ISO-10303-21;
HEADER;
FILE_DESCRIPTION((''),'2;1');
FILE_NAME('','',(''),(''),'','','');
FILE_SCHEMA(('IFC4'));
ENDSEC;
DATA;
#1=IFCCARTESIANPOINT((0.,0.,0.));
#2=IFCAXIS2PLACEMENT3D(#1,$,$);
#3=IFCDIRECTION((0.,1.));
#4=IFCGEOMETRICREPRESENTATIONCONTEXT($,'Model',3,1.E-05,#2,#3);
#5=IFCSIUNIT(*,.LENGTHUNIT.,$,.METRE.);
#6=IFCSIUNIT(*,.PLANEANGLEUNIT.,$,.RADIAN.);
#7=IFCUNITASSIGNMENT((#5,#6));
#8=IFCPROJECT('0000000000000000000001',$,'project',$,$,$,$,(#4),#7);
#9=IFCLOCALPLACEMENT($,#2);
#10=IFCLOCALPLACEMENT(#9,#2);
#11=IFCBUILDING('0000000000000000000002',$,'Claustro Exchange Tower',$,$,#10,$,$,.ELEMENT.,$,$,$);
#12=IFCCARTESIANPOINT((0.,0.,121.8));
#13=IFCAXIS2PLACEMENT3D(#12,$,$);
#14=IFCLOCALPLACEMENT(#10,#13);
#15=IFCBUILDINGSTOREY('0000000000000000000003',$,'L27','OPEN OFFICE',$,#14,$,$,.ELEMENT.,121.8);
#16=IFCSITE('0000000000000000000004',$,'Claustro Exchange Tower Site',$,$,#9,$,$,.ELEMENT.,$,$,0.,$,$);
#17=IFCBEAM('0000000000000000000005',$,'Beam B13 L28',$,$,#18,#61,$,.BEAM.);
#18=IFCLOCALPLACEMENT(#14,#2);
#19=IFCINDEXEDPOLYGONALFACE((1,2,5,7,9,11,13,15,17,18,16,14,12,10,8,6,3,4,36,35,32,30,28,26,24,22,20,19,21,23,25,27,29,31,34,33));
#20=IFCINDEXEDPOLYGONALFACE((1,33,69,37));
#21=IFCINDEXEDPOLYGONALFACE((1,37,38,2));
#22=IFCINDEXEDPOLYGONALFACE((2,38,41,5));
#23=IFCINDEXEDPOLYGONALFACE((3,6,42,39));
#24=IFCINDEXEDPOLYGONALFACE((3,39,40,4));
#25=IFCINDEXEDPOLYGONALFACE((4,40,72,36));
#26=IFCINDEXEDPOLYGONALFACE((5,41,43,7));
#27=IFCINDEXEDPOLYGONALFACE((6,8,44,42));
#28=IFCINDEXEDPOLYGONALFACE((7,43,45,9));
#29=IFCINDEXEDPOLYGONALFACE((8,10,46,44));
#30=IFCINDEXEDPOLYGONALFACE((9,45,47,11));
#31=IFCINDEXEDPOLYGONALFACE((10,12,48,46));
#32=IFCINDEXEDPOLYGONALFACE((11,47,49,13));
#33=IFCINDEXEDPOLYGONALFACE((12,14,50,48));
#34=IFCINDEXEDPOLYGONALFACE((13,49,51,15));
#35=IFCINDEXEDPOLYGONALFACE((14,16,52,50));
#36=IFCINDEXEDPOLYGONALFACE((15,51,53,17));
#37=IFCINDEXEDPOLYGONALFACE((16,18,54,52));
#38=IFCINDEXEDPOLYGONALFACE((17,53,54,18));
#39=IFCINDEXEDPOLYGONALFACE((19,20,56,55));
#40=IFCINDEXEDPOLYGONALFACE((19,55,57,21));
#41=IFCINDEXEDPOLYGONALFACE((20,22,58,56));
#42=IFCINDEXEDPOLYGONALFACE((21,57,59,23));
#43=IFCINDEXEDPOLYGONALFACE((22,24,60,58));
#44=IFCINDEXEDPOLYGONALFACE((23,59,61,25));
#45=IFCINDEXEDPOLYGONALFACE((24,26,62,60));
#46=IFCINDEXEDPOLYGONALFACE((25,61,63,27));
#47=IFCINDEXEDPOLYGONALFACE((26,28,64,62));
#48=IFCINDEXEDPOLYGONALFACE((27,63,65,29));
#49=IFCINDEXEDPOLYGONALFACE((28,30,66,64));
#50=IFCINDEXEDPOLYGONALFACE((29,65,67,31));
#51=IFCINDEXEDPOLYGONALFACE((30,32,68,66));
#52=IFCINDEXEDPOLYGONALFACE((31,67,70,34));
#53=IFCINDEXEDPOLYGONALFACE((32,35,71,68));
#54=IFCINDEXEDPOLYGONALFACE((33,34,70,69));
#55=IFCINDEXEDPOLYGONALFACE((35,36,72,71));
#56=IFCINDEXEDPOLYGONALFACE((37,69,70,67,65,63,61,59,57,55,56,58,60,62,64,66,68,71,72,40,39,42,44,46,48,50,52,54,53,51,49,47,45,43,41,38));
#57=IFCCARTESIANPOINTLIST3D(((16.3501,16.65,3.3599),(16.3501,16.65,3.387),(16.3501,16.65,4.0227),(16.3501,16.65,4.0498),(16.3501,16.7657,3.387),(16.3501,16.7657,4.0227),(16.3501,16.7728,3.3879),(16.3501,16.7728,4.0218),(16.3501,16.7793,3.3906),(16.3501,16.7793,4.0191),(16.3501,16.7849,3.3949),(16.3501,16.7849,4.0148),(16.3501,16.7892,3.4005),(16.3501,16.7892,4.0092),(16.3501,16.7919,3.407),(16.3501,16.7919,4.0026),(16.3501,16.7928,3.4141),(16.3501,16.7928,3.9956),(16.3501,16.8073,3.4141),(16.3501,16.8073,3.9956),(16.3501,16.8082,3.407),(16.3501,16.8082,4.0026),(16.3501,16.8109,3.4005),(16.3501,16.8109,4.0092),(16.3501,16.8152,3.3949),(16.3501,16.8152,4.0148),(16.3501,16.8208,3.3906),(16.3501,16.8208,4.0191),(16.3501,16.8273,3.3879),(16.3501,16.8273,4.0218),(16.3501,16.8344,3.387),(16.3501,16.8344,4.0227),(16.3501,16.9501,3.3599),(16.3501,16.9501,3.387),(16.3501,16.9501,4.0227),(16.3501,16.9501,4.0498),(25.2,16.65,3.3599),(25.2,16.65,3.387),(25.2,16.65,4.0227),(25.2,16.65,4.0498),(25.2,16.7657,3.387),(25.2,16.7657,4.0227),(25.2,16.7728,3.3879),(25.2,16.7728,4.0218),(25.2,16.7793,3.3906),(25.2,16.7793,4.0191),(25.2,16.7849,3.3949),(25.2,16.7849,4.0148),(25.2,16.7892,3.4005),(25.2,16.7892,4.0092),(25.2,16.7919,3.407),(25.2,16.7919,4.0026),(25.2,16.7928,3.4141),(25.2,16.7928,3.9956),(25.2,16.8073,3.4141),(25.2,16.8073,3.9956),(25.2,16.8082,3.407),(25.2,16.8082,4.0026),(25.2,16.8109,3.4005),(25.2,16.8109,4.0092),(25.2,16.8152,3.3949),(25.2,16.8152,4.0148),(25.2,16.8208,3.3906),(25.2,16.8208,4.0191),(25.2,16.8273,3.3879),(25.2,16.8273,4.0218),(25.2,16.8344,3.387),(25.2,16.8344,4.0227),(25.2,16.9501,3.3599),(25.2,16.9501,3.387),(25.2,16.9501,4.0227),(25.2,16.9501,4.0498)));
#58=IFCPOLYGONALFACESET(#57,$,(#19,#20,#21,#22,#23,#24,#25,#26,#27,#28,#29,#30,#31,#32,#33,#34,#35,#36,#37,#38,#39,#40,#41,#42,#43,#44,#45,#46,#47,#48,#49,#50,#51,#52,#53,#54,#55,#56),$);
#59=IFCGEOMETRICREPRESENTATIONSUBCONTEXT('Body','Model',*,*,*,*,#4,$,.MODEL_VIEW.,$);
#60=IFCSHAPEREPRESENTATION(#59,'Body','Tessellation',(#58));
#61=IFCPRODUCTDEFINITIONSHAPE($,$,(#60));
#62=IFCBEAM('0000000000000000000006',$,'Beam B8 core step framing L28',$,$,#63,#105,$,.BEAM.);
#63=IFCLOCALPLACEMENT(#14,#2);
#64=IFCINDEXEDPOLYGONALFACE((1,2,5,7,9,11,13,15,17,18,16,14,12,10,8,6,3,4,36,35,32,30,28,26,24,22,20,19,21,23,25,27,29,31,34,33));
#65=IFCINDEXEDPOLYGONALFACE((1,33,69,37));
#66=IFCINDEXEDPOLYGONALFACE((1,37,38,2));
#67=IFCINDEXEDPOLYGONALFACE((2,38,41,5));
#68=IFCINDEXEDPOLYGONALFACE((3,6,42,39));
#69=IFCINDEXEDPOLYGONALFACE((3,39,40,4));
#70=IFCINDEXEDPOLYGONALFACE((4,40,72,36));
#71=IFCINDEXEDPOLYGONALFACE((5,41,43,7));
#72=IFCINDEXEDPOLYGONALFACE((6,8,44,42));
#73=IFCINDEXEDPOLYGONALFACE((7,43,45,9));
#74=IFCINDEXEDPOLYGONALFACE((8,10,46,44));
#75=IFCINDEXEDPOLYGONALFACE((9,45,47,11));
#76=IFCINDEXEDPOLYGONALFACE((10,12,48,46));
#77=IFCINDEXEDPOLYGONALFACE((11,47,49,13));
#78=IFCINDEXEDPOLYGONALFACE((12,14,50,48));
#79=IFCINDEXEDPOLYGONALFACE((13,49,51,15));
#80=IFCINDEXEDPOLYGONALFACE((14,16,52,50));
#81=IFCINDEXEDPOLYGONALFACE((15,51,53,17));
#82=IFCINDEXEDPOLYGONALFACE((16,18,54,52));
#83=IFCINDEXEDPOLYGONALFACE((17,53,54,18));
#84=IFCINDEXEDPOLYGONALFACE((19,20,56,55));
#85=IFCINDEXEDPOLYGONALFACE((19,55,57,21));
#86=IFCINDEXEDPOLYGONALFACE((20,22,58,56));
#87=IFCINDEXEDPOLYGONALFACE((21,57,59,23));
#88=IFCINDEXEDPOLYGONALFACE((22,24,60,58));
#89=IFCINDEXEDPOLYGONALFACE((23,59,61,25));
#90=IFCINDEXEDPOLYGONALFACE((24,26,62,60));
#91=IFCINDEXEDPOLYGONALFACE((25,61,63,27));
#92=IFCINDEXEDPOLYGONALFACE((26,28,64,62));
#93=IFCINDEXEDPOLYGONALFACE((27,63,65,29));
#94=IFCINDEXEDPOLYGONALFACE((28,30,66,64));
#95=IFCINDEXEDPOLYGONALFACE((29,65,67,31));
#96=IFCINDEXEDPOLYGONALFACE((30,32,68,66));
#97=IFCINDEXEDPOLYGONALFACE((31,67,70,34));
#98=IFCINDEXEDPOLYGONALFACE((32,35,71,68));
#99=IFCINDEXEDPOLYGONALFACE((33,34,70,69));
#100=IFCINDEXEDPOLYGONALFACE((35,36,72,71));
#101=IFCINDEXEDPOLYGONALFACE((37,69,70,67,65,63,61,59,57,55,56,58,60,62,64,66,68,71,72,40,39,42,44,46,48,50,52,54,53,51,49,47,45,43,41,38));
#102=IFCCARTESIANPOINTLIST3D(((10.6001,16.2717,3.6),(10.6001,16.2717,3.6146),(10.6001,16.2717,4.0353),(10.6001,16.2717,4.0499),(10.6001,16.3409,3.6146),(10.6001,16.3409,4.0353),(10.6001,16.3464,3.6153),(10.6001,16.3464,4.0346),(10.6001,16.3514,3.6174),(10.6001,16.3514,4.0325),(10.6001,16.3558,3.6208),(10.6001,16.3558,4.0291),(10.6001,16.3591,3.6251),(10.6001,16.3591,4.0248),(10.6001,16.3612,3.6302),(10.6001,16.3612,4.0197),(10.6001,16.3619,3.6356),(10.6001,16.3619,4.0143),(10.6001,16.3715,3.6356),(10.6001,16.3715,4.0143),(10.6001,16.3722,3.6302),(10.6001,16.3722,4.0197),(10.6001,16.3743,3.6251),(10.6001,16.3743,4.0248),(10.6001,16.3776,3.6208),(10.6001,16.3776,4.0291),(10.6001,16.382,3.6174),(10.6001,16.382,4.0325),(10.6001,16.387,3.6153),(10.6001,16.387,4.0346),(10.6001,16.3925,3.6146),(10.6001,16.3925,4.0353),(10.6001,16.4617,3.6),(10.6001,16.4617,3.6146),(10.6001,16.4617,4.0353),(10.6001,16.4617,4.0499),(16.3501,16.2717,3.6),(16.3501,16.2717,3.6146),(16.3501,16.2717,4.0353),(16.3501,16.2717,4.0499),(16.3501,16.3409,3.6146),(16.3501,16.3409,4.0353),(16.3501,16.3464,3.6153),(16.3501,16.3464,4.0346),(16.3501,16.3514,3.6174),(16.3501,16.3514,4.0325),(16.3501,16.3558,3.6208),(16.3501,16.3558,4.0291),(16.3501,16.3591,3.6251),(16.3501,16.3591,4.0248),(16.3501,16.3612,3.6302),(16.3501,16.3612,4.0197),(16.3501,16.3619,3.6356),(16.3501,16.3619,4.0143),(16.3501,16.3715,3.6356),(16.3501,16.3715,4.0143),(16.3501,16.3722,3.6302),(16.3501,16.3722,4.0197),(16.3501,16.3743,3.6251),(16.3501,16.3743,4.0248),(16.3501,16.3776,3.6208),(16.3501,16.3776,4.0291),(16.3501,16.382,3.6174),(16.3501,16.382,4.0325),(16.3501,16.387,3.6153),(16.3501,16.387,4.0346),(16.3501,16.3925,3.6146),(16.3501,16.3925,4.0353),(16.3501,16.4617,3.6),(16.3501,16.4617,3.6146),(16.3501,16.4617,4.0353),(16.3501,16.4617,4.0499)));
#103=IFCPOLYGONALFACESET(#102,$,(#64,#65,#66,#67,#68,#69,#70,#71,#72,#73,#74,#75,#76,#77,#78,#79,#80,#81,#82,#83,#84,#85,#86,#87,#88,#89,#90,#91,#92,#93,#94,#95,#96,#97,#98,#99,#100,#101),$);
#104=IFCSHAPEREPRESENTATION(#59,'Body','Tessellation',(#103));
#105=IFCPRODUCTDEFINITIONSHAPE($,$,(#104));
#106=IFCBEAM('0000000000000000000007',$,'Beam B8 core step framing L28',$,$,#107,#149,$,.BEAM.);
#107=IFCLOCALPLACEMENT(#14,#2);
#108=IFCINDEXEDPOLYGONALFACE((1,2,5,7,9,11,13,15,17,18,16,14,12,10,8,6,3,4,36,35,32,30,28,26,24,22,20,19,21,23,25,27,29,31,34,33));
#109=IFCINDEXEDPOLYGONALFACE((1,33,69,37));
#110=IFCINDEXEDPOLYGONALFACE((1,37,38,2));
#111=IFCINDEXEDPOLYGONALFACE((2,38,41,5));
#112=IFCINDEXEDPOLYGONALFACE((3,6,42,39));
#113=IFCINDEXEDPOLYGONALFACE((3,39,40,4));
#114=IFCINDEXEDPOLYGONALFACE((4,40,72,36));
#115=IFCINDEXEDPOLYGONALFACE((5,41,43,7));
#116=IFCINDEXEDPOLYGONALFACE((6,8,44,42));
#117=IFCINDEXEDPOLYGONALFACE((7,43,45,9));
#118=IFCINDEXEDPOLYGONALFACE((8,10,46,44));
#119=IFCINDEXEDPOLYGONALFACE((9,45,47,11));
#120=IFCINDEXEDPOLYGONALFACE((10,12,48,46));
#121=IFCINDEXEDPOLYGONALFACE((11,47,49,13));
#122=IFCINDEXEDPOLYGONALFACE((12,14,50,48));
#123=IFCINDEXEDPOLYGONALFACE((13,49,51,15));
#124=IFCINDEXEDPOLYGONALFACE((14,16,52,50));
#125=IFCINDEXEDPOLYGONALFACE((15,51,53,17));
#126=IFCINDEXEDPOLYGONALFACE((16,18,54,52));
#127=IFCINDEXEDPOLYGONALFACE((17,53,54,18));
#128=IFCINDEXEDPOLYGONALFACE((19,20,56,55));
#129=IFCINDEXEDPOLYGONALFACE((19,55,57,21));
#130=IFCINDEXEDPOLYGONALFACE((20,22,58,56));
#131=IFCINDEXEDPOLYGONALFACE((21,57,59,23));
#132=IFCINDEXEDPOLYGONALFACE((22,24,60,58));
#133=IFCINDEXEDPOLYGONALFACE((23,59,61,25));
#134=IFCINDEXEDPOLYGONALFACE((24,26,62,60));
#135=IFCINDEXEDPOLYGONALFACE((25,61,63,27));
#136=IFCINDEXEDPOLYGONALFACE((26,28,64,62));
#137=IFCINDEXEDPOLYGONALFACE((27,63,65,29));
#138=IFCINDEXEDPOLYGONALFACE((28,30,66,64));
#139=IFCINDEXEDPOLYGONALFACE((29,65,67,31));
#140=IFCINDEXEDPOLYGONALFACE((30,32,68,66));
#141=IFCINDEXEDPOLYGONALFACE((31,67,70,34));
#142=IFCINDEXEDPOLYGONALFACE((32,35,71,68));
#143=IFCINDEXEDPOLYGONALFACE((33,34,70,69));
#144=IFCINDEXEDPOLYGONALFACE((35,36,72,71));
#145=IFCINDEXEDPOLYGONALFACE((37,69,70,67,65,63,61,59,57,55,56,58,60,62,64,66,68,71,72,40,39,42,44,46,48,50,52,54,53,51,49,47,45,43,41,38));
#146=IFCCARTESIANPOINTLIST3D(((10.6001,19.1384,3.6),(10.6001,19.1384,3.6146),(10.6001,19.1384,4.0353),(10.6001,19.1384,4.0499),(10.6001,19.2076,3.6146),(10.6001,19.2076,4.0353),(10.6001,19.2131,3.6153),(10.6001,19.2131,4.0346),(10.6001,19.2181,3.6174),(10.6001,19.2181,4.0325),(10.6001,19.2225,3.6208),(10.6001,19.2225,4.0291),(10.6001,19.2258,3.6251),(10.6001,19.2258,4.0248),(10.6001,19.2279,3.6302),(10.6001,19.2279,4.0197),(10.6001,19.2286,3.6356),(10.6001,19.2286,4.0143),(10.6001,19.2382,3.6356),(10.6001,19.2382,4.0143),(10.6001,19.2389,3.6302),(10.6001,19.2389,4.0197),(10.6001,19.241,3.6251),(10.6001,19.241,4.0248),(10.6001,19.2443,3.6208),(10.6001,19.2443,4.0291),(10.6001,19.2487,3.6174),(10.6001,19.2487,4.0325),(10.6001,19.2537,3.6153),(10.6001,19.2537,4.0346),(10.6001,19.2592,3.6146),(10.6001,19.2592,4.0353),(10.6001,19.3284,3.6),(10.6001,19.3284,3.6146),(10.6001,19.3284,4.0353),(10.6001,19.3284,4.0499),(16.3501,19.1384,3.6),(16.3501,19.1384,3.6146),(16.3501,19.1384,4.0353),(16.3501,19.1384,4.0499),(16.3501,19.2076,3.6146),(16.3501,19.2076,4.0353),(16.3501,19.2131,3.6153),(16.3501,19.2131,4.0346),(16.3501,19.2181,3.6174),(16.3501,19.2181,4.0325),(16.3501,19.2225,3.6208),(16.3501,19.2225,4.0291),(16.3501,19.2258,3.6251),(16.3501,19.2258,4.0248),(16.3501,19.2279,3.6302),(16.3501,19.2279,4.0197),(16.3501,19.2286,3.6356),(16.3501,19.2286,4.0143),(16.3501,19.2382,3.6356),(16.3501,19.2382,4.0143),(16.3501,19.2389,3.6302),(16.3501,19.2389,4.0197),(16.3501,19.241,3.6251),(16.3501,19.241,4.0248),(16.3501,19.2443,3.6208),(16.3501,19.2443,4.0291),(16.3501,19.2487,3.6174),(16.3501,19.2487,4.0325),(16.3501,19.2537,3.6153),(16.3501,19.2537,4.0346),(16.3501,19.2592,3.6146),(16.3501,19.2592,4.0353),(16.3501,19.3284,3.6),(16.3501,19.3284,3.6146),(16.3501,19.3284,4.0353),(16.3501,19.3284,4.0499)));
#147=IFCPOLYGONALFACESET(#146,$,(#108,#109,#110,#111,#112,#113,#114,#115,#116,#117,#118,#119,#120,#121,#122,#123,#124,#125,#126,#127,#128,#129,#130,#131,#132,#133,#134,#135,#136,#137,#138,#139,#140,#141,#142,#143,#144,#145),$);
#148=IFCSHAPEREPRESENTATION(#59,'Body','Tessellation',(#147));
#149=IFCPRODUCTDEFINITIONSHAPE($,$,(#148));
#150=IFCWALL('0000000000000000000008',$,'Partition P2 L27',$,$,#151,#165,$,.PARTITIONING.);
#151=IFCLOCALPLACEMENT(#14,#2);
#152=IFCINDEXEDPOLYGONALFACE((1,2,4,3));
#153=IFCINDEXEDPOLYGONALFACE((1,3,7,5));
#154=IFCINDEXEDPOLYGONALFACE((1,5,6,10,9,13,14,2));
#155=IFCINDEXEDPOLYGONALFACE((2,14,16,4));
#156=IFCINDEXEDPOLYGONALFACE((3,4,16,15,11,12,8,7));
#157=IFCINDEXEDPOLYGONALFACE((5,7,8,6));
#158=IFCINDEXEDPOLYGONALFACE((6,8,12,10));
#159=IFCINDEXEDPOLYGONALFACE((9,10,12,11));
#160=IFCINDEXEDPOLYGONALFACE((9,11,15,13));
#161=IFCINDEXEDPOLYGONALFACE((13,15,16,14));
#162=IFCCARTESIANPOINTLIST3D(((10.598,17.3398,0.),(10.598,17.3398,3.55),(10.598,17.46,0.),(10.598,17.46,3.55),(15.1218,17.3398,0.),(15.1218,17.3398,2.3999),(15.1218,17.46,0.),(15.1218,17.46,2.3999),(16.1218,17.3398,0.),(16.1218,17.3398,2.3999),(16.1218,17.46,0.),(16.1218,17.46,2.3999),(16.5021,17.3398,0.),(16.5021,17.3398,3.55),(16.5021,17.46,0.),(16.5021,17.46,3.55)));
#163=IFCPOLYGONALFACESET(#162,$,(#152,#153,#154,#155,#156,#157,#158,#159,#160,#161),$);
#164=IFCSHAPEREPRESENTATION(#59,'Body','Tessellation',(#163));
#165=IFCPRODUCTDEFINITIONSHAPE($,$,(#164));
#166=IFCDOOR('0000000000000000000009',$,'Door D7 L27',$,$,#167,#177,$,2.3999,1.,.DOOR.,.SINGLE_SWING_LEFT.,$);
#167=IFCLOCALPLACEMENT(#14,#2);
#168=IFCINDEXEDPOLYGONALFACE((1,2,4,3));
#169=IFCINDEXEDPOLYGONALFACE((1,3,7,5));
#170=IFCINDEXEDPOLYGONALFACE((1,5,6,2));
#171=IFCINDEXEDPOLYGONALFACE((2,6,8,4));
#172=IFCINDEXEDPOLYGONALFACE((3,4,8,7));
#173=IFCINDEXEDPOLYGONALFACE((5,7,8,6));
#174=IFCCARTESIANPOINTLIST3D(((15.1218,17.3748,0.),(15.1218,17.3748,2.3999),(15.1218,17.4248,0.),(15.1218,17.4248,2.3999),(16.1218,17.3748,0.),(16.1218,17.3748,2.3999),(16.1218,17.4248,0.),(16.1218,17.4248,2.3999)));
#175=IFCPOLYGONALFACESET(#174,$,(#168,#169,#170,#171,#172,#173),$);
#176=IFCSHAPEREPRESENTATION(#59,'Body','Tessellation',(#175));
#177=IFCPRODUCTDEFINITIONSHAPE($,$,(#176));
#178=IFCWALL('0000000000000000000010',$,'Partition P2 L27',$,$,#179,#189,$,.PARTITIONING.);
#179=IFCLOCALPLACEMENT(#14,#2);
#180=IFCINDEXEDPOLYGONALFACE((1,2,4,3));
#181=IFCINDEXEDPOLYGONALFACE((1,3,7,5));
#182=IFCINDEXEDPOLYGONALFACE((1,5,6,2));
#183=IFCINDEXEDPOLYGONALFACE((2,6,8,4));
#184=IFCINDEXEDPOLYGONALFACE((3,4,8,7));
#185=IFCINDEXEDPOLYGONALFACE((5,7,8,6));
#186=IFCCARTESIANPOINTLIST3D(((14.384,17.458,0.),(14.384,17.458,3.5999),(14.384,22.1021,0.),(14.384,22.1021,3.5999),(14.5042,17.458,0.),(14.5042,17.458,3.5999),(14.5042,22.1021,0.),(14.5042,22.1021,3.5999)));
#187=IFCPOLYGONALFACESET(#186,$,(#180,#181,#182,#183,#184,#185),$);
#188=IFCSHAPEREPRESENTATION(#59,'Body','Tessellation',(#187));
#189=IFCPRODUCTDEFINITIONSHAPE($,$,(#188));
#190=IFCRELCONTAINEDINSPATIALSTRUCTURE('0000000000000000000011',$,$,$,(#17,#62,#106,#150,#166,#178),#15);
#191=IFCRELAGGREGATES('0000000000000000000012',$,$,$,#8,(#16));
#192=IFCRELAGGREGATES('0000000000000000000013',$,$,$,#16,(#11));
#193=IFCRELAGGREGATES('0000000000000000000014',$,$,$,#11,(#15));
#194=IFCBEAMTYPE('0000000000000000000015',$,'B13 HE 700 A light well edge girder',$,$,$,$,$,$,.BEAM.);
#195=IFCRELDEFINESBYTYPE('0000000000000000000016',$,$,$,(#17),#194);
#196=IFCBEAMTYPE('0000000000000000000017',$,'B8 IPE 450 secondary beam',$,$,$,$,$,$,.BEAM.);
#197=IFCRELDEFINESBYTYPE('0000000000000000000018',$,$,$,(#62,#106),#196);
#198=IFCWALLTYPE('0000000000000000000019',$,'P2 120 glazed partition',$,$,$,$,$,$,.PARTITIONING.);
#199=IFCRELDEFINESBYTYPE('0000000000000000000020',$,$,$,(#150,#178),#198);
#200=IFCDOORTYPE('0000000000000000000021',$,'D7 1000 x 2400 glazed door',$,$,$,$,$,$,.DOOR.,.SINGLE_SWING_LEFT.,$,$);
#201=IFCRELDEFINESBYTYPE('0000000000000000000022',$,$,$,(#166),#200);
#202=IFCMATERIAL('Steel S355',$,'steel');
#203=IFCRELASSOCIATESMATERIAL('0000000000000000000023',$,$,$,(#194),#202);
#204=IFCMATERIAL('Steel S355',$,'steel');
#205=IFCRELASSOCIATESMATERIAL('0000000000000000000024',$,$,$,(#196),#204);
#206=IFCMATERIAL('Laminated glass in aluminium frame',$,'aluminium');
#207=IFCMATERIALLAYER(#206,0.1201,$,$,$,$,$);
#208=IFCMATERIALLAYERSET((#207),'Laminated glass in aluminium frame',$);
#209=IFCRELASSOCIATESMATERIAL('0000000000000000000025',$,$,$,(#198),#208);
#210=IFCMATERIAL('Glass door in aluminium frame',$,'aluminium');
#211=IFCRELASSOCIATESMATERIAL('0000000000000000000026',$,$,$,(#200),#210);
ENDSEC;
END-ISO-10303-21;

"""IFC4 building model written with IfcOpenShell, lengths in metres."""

from ifc_helpers import new_model, si_unit, direction, frame, frame_2d, origin, origin_2d, place, context, subcontext, project, spatial, rectangle, i_section, extrude, material, layer, layer_set, material_profile, profile_set, type_object, element, fill, save


model = new_model("IFC4")

# Units and contexts
model_context = context("Model", 3, precision=1e-05, world=origin(), true_north=direction((0.0, 1.0)))
body_context = subcontext(model_context, "Body", "Model", "MODEL_VIEW")
ifc_project = project(units=[si_unit("LENGTHUNIT", "METRE"), si_unit("PLANEANGLEUNIT", "RADIAN")], contexts=[model_context])

# Site, building, storey
site_placement = place(None, origin())
site = spatial("IfcSite", under=ifc_project, at=site_placement, Name="Claustro Exchange Tower Site", CompositionType="ELEMENT", RefElevation=0.0)
building_placement = place(site_placement, origin())
building = spatial("IfcBuilding", under=site, at=building_placement, Name="Claustro Exchange Tower", CompositionType="ELEMENT")
storey_placement = place(building_placement, frame((0.0, 0.0, 121.8)))
storey = spatial("IfcBuildingStorey", under=building, at=storey_placement, Name="L27", Description="OPEN OFFICE", CompositionType="ELEMENT", Elevation=121.8)

# Beams
ifc_material_1 = material(Name="Steel S355", Category="steel")
ifc_material_profile_1 = material_profile(ifc_material_1, i_section(OverallWidth=0.3, OverallDepth=0.6899, WebThickness=0.0144, FlangeThickness=0.0271, FilletRadius=0.0271, at=origin_2d()), Name="HE 700 A")
ifc_profile_set_1 = profile_set([ifc_material_profile_1], Name="Steel S355")
beam_type_1 = type_object("IfcBeamType", Name="B13 HE 700 A light well edge girder", PredefinedType="BEAM", material=ifc_profile_set_1)
beam_placement = place(storey_placement, frame((16.3501, 16.8, 3.7048), z_axis=(1.0, 0.0, 0.0), x_axis=(0.0, 1.0, 0.0)))
element("IfcBeam", 1, at=beam_placement, inside=storey, type_object=beam_type_1, Name="Beam B13 L28", PredefinedType="BEAM", context=body_context, shape_type="SweptSolid", body=[
    extrude(i_section(OverallWidth=0.3, OverallDepth=0.6899, WebThickness=0.0144, FlangeThickness=0.0271, FilletRadius=0.0271, at=origin_2d()), origin(), (0.0, 0.0, 1.0), 8.8499),
])
ifc_material_2 = material(Name="Steel S355", Category="steel")
ifc_material_profile_2 = material_profile(ifc_material_2, i_section(OverallWidth=0.1899, OverallDepth=0.45, WebThickness=0.0095, FlangeThickness=0.0146, FilletRadius=0.021, at=origin_2d()), Name="IPE 450")
ifc_profile_set_2 = profile_set([ifc_material_profile_2], Name="Steel S355")
beam_type_2 = type_object("IfcBeamType", Name="B8 IPE 450 secondary beam", PredefinedType="BEAM", material=ifc_profile_set_2)
for number, where, z_axis, x_axis, name in (
    (2, (10.6001, 16.3667, 3.825), (1.0, 0.0, 0.0), (0.0, 1.0, 0.0), "Beam B8 core step framing L28"),
    (3, (10.6001, 19.2334, 3.825), (1.0, 0.0, 0.0), (0.0, 1.0, 0.0), "Beam B8 core step framing L28"),
):
    element("IfcBeam", number, at=place(storey_placement, frame(where, z_axis=z_axis, x_axis=x_axis)), inside=storey, type_object=beam_type_2, Name=name, PredefinedType="BEAM", context=body_context, shape_type="SweptSolid", body=[
        extrude(i_section(OverallWidth=0.1899, OverallDepth=0.45, WebThickness=0.0095, FlangeThickness=0.0146, FilletRadius=0.021, at=origin_2d()), origin(), (0.0, 0.0, 1.0), 5.75),
    ])

# Wall, opening, door
ifc_material_3 = material(Name="Laminated glass in aluminium frame", Category="aluminium")
ifc_layer_1 = layer(ifc_material_3, 0.1201)
ifc_layer_set_1 = layer_set([ifc_layer_1], Name="Laminated glass in aluminium frame")
wall_type_1 = type_object("IfcWallType", Name="P2 120 glazed partition", PredefinedType="PARTITIONING", material=ifc_layer_set_1)
wall_1_placement = place(storey_placement, frame((10.5979, 17.3999, 0.0), z_axis=(0.0, 0.0, 1.0), x_axis=(1.0, 0.0, 0.0)))
wall_1 = element("IfcWall", 4, at=wall_1_placement, inside=storey, type_object=wall_type_1, Name="Partition P2 L27", PredefinedType="PARTITIONING", context=body_context, shape_type="SweptSolid", body=[
    extrude(rectangle(XDim=5.9041, YDim=0.1201, at=frame_2d((2.9521, 0.0))), origin(), (0.0, 0.0, 1.0), 3.55),
])
opening_1_placement = place(wall_1_placement, frame((4.5239, 0.0, 0.0)))
opening_1 = element("IfcOpeningElement", 5, at=opening_1_placement, cuts=wall_1, PredefinedType="OPENING", context=body_context, shape_type="SweptSolid", body=[
    extrude(rectangle(XDim=1.0, YDim=2.3999, at=frame_2d((0.5, 1.2))), frame((0.0, 0.0701, 0.0), z_axis=(0.0, -1.0, 0.0), x_axis=(1.0, 0.0, 0.0)), (0.0, 0.0, 1.0), 0.1401),
])
ifc_material_4 = material(Name="Glass door in aluminium frame", Category="aluminium")
door_type_1 = type_object("IfcDoorType", Name="D7 1000 x 2400 glazed door", OperationType="SINGLE_SWING_LEFT", PredefinedType="DOOR", material=ifc_material_4)
door_1_placement = place(opening_1_placement, origin())
door_1 = element("IfcDoor", 6, at=door_1_placement, inside=storey, type_object=door_type_1, Name="Door D7 L27", OperationType="SINGLE_SWING_LEFT", OverallHeight=2.3999, OverallWidth=1.0, PredefinedType="DOOR", context=body_context, shape_type="SweptSolid", body=[
    extrude(rectangle(XDim=1.0, YDim=2.3999, at=frame_2d((0.5, 1.2))), frame((0.0, 0.0249, 0.0), z_axis=(0.0, -1.0, 0.0), x_axis=(1.0, 0.0, 0.0)), (0.0, 0.0, 1.0), 0.05),
])
fill(opening_1, door_1)

# Wall
wall_2_placement = place(storey_placement, frame((14.4441, 17.458, 0.0), z_axis=(0.0, 0.0, 1.0), x_axis=(0.0, 1.0, 0.0)))
element("IfcWall", 7, at=wall_2_placement, inside=storey, type_object=wall_type_1, Name="Partition P2 L27", PredefinedType="PARTITIONING", context=body_context, shape_type="SweptSolid", body=[
    extrude(rectangle(XDim=4.644, YDim=0.1201, at=frame_2d((2.322, 0.0))), origin(), (0.0, 0.0, 1.0), 3.5999),
])

save(model, "model.ifc")
